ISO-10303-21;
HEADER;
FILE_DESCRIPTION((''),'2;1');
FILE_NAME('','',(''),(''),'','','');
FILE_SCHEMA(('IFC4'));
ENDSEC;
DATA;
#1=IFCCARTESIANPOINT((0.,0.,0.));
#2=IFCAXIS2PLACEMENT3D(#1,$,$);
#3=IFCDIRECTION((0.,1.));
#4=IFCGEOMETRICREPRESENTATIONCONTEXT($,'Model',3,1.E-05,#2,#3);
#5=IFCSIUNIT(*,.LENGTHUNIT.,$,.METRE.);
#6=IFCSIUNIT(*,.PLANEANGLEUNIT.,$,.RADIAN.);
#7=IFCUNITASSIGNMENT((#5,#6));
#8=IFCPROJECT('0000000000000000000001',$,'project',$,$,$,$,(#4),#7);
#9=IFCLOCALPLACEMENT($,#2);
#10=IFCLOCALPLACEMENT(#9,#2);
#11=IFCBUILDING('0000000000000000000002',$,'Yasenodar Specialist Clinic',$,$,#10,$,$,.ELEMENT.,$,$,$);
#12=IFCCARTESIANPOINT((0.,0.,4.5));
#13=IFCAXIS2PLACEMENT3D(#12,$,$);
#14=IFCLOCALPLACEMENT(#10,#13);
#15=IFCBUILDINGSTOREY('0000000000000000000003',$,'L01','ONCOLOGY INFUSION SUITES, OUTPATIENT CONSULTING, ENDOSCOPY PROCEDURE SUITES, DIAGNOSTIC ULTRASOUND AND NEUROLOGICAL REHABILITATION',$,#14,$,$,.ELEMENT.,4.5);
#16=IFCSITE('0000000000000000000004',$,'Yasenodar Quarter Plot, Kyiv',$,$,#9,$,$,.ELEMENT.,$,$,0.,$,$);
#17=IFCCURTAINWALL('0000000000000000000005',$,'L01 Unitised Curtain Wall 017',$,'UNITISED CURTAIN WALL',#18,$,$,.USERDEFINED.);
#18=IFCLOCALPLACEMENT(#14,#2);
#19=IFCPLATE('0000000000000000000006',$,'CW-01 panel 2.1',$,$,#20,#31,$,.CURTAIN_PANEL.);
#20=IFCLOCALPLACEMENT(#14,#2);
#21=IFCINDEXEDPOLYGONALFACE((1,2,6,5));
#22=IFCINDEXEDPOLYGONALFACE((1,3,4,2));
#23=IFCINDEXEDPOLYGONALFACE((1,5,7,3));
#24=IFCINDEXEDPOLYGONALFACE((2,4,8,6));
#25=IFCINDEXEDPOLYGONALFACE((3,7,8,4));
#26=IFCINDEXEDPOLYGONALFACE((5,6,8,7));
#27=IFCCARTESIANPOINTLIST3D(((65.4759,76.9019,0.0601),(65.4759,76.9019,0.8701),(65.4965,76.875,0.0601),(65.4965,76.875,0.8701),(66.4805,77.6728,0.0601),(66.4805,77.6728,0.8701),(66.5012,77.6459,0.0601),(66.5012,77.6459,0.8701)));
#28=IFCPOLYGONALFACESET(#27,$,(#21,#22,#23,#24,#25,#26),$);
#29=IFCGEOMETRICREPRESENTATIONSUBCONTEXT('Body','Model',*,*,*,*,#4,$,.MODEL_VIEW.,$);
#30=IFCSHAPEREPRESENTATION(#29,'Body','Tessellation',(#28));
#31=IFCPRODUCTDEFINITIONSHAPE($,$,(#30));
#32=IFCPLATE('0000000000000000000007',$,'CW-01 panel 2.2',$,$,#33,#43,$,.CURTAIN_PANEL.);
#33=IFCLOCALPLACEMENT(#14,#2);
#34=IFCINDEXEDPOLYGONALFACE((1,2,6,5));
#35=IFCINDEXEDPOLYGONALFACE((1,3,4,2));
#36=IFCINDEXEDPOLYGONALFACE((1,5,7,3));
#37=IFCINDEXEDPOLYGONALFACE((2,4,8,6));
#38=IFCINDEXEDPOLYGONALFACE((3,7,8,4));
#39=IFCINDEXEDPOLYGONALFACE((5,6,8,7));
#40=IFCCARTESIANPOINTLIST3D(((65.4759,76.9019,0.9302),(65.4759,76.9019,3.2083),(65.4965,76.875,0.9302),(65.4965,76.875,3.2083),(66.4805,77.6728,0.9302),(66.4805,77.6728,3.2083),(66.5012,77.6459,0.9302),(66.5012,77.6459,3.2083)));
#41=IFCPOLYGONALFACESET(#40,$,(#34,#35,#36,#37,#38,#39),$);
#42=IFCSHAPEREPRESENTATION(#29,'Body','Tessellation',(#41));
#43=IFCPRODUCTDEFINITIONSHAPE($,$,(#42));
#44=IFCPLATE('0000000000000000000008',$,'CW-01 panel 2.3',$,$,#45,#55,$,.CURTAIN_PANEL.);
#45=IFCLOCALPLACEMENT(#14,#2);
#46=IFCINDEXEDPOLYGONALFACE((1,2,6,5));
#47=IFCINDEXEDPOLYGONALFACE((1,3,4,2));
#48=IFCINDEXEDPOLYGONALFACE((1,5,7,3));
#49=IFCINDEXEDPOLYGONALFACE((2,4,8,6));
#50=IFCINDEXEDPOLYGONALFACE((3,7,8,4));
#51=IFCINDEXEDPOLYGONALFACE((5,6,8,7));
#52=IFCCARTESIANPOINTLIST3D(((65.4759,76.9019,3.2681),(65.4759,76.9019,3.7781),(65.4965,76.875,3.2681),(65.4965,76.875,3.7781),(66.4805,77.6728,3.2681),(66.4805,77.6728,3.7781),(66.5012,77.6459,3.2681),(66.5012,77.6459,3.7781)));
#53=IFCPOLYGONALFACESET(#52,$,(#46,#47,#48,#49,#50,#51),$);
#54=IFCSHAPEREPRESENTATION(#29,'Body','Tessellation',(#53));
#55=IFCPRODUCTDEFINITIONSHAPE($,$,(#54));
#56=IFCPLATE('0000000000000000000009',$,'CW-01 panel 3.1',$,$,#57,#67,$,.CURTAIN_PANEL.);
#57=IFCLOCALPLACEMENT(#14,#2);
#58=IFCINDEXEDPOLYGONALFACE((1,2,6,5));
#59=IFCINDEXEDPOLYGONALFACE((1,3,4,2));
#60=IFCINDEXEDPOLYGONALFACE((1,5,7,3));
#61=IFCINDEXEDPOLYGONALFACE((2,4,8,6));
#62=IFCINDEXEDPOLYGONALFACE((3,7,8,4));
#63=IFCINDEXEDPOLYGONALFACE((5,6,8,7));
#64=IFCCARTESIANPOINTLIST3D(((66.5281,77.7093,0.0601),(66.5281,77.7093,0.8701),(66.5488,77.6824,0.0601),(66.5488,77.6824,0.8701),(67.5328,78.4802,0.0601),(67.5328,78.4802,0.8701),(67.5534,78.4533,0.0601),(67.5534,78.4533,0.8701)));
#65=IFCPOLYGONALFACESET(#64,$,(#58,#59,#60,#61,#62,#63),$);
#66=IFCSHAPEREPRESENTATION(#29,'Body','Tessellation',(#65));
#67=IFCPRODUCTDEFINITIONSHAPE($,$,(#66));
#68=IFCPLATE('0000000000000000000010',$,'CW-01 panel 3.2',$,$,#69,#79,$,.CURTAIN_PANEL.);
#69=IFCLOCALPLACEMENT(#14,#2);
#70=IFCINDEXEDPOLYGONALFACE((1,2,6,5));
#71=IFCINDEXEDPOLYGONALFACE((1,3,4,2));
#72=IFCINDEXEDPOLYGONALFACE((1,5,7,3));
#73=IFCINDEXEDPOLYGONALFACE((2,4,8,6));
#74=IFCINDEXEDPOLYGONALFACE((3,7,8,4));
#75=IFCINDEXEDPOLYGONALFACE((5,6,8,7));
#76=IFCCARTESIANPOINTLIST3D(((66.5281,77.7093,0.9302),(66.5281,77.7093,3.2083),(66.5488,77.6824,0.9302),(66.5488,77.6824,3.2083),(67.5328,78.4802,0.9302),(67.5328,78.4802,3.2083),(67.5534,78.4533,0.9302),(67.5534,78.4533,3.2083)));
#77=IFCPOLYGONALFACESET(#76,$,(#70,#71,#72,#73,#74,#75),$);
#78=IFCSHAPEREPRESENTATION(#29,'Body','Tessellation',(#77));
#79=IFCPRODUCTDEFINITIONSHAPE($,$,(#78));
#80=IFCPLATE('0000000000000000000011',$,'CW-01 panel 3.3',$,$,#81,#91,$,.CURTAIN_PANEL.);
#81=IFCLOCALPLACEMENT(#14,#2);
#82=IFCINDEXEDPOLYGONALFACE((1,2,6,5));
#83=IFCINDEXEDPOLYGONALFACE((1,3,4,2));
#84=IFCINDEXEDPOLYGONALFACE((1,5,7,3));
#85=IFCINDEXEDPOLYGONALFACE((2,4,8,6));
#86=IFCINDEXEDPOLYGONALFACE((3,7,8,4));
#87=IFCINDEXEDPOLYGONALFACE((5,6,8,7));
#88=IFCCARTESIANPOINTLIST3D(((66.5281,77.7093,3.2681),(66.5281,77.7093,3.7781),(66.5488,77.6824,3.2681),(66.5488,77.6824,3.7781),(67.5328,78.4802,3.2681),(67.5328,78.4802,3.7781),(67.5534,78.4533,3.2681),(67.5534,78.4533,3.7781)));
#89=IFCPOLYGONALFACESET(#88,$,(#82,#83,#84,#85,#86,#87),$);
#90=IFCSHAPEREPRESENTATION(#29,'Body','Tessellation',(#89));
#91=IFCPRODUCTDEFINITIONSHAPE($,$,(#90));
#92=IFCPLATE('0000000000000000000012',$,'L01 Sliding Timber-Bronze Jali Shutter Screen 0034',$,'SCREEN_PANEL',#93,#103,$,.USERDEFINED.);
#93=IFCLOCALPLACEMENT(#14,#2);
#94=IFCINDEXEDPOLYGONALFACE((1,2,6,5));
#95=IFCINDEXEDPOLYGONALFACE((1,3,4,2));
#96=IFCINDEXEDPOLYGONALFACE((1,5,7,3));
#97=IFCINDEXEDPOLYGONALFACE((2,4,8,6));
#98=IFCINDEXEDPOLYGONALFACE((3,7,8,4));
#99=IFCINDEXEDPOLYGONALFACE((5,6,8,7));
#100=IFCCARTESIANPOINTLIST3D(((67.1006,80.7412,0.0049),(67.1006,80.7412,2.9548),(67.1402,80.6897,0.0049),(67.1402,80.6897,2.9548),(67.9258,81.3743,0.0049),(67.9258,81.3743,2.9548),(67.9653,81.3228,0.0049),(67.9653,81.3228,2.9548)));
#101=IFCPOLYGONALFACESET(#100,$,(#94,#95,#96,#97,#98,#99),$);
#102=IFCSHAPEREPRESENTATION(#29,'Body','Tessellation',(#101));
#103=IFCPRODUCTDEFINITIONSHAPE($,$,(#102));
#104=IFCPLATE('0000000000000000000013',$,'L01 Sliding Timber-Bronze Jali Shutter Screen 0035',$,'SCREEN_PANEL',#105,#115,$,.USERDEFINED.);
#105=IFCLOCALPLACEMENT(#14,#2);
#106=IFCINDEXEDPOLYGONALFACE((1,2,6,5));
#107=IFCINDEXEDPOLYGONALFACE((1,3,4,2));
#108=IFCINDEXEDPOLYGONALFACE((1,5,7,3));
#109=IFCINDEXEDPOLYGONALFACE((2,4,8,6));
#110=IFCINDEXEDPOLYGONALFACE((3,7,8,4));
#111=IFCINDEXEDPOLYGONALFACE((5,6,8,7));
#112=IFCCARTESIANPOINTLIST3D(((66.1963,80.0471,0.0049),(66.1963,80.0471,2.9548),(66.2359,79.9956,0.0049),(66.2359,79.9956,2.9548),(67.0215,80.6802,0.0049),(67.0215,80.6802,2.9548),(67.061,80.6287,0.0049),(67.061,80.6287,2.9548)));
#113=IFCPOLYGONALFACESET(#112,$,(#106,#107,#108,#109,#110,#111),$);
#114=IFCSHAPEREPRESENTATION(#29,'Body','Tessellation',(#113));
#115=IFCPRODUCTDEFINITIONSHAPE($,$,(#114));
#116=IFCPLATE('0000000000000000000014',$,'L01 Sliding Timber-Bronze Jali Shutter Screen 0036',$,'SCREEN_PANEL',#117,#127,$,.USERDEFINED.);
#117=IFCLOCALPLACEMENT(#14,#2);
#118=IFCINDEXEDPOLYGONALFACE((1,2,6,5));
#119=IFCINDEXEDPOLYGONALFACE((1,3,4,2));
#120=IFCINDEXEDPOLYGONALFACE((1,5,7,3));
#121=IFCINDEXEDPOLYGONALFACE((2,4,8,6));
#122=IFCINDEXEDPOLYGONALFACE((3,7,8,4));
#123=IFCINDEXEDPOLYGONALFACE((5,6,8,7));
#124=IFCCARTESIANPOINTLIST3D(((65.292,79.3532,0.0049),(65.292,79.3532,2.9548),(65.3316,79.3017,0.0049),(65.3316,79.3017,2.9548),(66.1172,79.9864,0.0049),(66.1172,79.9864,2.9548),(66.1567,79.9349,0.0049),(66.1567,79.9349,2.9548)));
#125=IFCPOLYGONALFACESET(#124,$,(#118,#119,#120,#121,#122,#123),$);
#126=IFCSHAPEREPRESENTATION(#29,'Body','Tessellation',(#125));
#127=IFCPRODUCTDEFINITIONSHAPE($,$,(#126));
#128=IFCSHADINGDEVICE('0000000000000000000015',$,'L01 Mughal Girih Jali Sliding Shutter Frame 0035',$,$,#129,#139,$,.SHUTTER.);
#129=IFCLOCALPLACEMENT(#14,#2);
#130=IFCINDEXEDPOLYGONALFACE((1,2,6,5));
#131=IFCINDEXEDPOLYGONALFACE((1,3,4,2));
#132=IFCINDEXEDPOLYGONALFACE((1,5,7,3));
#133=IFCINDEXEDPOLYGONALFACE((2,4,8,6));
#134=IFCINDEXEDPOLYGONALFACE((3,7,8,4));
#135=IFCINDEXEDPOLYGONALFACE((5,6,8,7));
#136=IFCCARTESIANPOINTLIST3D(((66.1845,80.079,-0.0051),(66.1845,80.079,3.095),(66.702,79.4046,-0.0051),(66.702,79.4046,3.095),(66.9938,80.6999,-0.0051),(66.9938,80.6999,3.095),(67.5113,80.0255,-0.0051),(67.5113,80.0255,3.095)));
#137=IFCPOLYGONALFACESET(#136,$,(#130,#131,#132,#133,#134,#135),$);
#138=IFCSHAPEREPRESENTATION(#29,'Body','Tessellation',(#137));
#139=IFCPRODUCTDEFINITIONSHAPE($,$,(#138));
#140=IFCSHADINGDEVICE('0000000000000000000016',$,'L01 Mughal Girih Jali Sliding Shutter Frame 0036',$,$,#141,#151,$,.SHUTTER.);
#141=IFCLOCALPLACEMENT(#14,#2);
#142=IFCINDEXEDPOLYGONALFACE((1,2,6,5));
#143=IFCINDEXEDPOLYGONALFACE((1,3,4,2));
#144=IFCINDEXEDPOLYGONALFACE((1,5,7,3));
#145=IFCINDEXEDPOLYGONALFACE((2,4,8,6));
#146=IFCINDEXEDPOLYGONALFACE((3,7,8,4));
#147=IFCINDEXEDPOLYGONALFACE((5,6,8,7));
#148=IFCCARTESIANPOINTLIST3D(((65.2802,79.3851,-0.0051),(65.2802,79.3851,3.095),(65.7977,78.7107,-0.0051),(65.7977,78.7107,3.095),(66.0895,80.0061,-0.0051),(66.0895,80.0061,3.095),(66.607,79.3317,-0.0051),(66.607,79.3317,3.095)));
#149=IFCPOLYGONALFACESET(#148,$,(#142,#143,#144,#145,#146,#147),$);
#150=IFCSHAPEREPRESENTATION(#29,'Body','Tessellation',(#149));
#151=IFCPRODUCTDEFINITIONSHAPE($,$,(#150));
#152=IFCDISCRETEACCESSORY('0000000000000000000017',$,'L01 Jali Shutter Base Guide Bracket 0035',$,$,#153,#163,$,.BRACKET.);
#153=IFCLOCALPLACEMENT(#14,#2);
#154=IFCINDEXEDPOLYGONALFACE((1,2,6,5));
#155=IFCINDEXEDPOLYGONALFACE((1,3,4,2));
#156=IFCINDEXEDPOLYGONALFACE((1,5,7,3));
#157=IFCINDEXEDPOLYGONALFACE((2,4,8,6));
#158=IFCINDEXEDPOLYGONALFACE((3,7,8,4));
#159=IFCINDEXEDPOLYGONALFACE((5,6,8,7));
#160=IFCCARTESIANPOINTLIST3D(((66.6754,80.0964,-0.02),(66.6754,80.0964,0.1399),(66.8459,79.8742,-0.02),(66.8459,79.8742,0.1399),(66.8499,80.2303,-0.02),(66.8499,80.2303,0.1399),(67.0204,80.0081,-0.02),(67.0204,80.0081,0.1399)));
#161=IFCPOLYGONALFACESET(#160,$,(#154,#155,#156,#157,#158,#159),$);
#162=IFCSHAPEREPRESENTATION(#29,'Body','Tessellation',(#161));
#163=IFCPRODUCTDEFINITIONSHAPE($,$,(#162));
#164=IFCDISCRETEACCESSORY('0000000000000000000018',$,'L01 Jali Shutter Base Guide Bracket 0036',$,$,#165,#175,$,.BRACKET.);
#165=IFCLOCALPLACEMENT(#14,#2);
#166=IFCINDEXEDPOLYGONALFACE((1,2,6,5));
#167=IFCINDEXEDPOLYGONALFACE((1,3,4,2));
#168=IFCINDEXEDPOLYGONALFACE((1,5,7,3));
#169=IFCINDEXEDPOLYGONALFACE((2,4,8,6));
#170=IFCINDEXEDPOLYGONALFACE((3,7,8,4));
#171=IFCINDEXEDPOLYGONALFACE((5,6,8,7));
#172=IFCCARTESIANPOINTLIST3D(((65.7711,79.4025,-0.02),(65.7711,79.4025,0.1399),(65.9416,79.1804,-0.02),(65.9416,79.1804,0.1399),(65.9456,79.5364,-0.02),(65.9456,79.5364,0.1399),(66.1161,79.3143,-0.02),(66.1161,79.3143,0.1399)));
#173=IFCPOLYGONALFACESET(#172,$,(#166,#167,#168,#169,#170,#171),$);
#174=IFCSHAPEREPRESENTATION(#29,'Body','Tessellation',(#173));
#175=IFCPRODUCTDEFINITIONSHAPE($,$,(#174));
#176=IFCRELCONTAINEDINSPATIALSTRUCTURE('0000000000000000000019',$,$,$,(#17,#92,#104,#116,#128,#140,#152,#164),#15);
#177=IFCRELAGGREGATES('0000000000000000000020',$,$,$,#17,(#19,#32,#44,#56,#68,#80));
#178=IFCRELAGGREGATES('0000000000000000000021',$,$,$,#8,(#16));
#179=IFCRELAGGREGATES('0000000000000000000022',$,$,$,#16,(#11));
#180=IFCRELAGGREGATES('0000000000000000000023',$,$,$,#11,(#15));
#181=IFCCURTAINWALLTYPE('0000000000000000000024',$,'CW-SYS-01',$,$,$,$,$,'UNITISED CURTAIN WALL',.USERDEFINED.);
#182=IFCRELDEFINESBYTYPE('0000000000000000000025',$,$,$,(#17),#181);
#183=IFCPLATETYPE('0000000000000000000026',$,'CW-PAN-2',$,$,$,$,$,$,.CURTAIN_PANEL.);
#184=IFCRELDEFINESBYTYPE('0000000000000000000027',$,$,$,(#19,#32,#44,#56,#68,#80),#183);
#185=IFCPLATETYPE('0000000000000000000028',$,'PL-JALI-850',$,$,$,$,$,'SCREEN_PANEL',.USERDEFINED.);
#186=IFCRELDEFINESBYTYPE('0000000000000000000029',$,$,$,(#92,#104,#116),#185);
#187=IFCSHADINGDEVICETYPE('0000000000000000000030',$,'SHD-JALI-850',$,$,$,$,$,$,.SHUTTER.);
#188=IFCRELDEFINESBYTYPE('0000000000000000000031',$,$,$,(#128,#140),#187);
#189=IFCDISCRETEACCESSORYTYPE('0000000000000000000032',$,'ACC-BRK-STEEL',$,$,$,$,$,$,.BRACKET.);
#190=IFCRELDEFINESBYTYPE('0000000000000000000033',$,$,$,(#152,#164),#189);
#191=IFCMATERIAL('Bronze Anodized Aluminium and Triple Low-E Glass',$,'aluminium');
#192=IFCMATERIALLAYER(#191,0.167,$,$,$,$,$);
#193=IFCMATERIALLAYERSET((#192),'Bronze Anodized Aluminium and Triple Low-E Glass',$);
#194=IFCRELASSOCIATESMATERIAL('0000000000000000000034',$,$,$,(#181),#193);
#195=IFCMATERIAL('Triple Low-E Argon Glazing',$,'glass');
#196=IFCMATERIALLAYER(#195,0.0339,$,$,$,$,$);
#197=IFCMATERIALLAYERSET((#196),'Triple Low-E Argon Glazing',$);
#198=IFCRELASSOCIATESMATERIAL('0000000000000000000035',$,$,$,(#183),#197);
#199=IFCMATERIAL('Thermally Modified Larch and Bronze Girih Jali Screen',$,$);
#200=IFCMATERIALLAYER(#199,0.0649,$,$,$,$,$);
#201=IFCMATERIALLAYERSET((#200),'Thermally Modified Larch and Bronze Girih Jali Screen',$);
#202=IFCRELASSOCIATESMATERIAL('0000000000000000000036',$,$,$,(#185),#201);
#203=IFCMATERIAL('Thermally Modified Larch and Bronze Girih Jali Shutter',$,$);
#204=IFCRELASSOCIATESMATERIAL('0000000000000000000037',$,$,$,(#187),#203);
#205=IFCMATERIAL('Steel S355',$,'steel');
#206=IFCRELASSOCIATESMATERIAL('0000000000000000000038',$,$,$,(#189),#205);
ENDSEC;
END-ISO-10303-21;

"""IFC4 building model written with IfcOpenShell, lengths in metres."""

from ifc_helpers import new_model, si_unit, direction, frame, origin, origin_2d, place, context, subcontext, project, spatial, rectangle, extrude, material, layer, layer_set, type_object, element, aggregate, save


model = new_model("IFC4")

# Units and contexts
model_context = context("Model", 3, precision=1e-05, world=origin(), true_north=direction((0.0, 1.0)))
body_context = subcontext(model_context, "Body", "Model", "MODEL_VIEW")
ifc_project = project(units=[si_unit("LENGTHUNIT", "METRE"), si_unit("PLANEANGLEUNIT", "RADIAN")], contexts=[model_context])

# Site, building, storey
site_placement = place(None, origin())
site = spatial("IfcSite", under=ifc_project, at=site_placement, Name="Yasenodar Quarter Plot, Kyiv", CompositionType="ELEMENT", RefElevation=0.0)
building_placement = place(site_placement, origin())
building = spatial("IfcBuilding", under=site, at=building_placement, Name="Yasenodar Specialist Clinic", CompositionType="ELEMENT")
storey_placement = place(building_placement, frame((0.0, 0.0, 4.5)))
storey = spatial("IfcBuildingStorey", under=building, at=storey_placement, Name="L01", Description="ONCOLOGY INFUSION SUITES, OUTPATIENT CONSULTING, ENDOSCOPY PROCEDURE SUITES, DIAGNOSTIC ULTRASOUND AND NEUROLOGICAL REHABILITATION", CompositionType="ELEMENT", Elevation=4.5)

# Shared definitions
ifc_material_1 = material(Name="Steel S355", Category="steel")

# Curtain wall, plates
ifc_material_2 = material(Name="Bronze Anodized Aluminium and Triple Low-E Glass", Category="aluminium")
ifc_layer_1 = layer(ifc_material_2, 0.167)
ifc_layer_set_1 = layer_set([ifc_layer_1], Name="Bronze Anodized Aluminium and Triple Low-E Glass")
curtain_wall_type = type_object("IfcCurtainWallType", Name="CW-SYS-01", ElementType="UNITISED CURTAIN WALL", PredefinedType="USERDEFINED", material=ifc_layer_set_1)
curtain_wall_placement = place(storey_placement, origin())
curtain_wall = element("IfcCurtainWall", 1, at=curtain_wall_placement, inside=storey, type_object=curtain_wall_type, Name="L01 Unitised Curtain Wall 017", ObjectType="UNITISED CURTAIN WALL", PredefinedType="USERDEFINED")
ifc_material_3 = material(Name="Triple Low-E Argon Glazing", Category="glass")
ifc_layer_2 = layer(ifc_material_3, 0.0339)
ifc_layer_set_2 = layer_set([ifc_layer_2], Name="Triple Low-E Argon Glazing")
plate_type_1 = type_object("IfcPlateType", Name="CW-PAN-2", PredefinedType="CURTAIN_PANEL", material=ifc_layer_set_2)
plate_1_placement = place(storey_placement, frame((65.9885, 77.2739, 0.0601), z_axis=(0.0, 0.0, 1.0), x_axis=(0.793361, 0.608752, 0.0)))
plate_1 = element("IfcPlate", 2, at=plate_1_placement, type_object=plate_type_1, Name="CW-01 panel 2.1", PredefinedType="CURTAIN_PANEL", context=body_context, shape_type="SweptSolid", body=[
    extrude(rectangle(XDim=1.2664, YDim=0.0339, at=origin_2d()), origin(), (0.0, 0.0, 1.0), 0.8101),
])
plate_2_placement = place(storey_placement, frame((65.9885, 77.2739, 0.9302), z_axis=(0.0, 0.0, 1.0), x_axis=(0.793361, 0.608752, 0.0)))
plate_2 = element("IfcPlate", 3, at=plate_2_placement, type_object=plate_type_1, Name="CW-01 panel 2.2", PredefinedType="CURTAIN_PANEL", context=body_context, shape_type="SweptSolid", body=[
    extrude(rectangle(XDim=1.2664, YDim=0.0339, at=origin_2d()), origin(), (0.0, 0.0, 1.0), 2.2781),
])
plate_3_placement = place(storey_placement, frame((65.9885, 77.2739, 3.2681), z_axis=(0.0, 0.0, 1.0), x_axis=(0.793361, 0.608752, 0.0)))
plate_3 = element("IfcPlate", 4, at=plate_3_placement, type_object=plate_type_1, Name="CW-01 panel 2.3", PredefinedType="CURTAIN_PANEL", context=body_context, shape_type="SweptSolid", body=[
    extrude(rectangle(XDim=1.2664, YDim=0.0339, at=origin_2d()), origin(), (0.0, 0.0, 1.0), 0.51),
])
plate_4_placement = place(storey_placement, frame((67.0408, 78.0813, 0.0601), z_axis=(0.0, 0.0, 1.0), x_axis=(0.793361, 0.608752, 0.0)))
plate_4 = element("IfcPlate", 5, at=plate_4_placement, type_object=plate_type_1, Name="CW-01 panel 3.1", PredefinedType="CURTAIN_PANEL", context=body_context, shape_type="SweptSolid", body=[
    extrude(rectangle(XDim=1.2664, YDim=0.0339, at=origin_2d()), origin(), (0.0, 0.0, 1.0), 0.8101),
])
plate_5_placement = place(storey_placement, frame((67.0408, 78.0813, 0.9302), z_axis=(0.0, 0.0, 1.0), x_axis=(0.793361, 0.608752, 0.0)))
plate_5 = element("IfcPlate", 6, at=plate_5_placement, type_object=plate_type_1, Name="CW-01 panel 3.2", PredefinedType="CURTAIN_PANEL", context=body_context, shape_type="SweptSolid", body=[
    extrude(rectangle(XDim=1.2664, YDim=0.0339, at=origin_2d()), origin(), (0.0, 0.0, 1.0), 2.2781),
])
plate_6_placement = place(storey_placement, frame((67.0408, 78.0813, 3.2681), z_axis=(0.0, 0.0, 1.0), x_axis=(0.793361, 0.608752, 0.0)))
plate_6 = element("IfcPlate", 7, at=plate_6_placement, type_object=plate_type_1, Name="CW-01 panel 3.3", PredefinedType="CURTAIN_PANEL", context=body_context, shape_type="SweptSolid", body=[
    extrude(rectangle(XDim=1.2664, YDim=0.0339, at=origin_2d()), origin(), (0.0, 0.0, 1.0), 0.51),
])
aggregate(curtain_wall, [plate_1, plate_2, plate_3, plate_4, plate_5, plate_6])

# Plates
ifc_material_4 = material(Name="Thermally Modified Larch and Bronze Girih Jali Screen")
ifc_layer_3 = layer(ifc_material_4, 0.0649)
ifc_layer_set_3 = layer_set([ifc_layer_3], Name="Thermally Modified Larch and Bronze Girih Jali Screen")
plate_type_2 = type_object("IfcPlateType", Name="PL-JALI-850", ElementType="SCREEN_PANEL", PredefinedType="USERDEFINED", material=ifc_layer_set_3)
for number, where, z_axis, x_axis, name in (
    (8, (67.533, 81.032, 0.0049), (0.0, 0.0, 1.0), (-0.793351, -0.608764, 0.0), "L01 Sliding Timber-Bronze Jali Shutter Screen 0034"),
    (9, (66.6287, 80.3379, 0.0049), (0.0, 0.0, 1.0), (-0.793351, -0.608764, 0.0), "L01 Sliding Timber-Bronze Jali Shutter Screen 0035"),
    (10, (65.7244, 79.644, 0.0049), (0.0, 0.0, 1.0), (-0.793351, -0.608764, 0.0), "L01 Sliding Timber-Bronze Jali Shutter Screen 0036"),
):
    element("IfcPlate", number, at=place(storey_placement, frame(where, z_axis=z_axis, x_axis=x_axis)), inside=storey, type_object=plate_type_2, Name=name, ObjectType="SCREEN_PANEL", PredefinedType="USERDEFINED", context=body_context, shape_type="SweptSolid", body=[
        extrude(rectangle(XDim=1.04, YDim=0.0649, at=origin_2d()), origin(), (0.0, 0.0, 1.0), 2.95),
    ])

# Shading devices
ifc_material_5 = material(Name="Thermally Modified Larch and Bronze Girih Jali Shutter")
shading_device_type = type_object("IfcShadingDeviceType", Name="SHD-JALI-850", PredefinedType="SHUTTER", material=ifc_material_5)
for number, where, z_axis, x_axis, name in (
    (11, (66.8479, 80.0522, -0.0051), (0.0, 0.0, 1.0), (-0.793351, -0.608764, 0.0), "L01 Mughal Girih Jali Sliding Shutter Frame 0035"),
    (12, (65.9436, 79.3584, -0.0051), (0.0, 0.0, 1.0), (-0.793351, -0.608764, 0.0), "L01 Mughal Girih Jali Sliding Shutter Frame 0036"),
):
    element("IfcShadingDevice", number, at=place(storey_placement, frame(where, z_axis=z_axis, x_axis=x_axis)), inside=storey, type_object=shading_device_type, Name=name, PredefinedType="SHUTTER", context=body_context, shape_type="SweptSolid", body=[
        extrude(rectangle(XDim=1.02, YDim=0.8501, at=origin_2d()), origin(), (0.0, 0.0, 1.0), 3.1001),
    ])

# Discrete accessories
discrete_accessory_type = type_object("IfcDiscreteAccessoryType", Name="ACC-BRK-STEEL", PredefinedType="BRACKET", material=ifc_material_1)
for number, where, z_axis, x_axis, name in (
    (13, (66.8479, 80.0522, -0.02), (0.0, 0.0, 1.0), (-0.793351, -0.608764, 0.0), "L01 Jali Shutter Base Guide Bracket 0035"),
    (14, (65.9436, 79.3584, -0.02), (0.0, 0.0, 1.0), (-0.793351, -0.608764, 0.0), "L01 Jali Shutter Base Guide Bracket 0036"),
):
    element("IfcDiscreteAccessory", number, at=place(storey_placement, frame(where, z_axis=z_axis, x_axis=x_axis)), inside=storey, type_object=discrete_accessory_type, Name=name, PredefinedType="BRACKET", context=body_context, shape_type="SweptSolid", body=[
        extrude(rectangle(XDim=0.22, YDim=0.28, at=origin_2d()), origin(), (0.0, 0.0, 1.0), 0.1599),
    ])

save(model, "model.ifc")
